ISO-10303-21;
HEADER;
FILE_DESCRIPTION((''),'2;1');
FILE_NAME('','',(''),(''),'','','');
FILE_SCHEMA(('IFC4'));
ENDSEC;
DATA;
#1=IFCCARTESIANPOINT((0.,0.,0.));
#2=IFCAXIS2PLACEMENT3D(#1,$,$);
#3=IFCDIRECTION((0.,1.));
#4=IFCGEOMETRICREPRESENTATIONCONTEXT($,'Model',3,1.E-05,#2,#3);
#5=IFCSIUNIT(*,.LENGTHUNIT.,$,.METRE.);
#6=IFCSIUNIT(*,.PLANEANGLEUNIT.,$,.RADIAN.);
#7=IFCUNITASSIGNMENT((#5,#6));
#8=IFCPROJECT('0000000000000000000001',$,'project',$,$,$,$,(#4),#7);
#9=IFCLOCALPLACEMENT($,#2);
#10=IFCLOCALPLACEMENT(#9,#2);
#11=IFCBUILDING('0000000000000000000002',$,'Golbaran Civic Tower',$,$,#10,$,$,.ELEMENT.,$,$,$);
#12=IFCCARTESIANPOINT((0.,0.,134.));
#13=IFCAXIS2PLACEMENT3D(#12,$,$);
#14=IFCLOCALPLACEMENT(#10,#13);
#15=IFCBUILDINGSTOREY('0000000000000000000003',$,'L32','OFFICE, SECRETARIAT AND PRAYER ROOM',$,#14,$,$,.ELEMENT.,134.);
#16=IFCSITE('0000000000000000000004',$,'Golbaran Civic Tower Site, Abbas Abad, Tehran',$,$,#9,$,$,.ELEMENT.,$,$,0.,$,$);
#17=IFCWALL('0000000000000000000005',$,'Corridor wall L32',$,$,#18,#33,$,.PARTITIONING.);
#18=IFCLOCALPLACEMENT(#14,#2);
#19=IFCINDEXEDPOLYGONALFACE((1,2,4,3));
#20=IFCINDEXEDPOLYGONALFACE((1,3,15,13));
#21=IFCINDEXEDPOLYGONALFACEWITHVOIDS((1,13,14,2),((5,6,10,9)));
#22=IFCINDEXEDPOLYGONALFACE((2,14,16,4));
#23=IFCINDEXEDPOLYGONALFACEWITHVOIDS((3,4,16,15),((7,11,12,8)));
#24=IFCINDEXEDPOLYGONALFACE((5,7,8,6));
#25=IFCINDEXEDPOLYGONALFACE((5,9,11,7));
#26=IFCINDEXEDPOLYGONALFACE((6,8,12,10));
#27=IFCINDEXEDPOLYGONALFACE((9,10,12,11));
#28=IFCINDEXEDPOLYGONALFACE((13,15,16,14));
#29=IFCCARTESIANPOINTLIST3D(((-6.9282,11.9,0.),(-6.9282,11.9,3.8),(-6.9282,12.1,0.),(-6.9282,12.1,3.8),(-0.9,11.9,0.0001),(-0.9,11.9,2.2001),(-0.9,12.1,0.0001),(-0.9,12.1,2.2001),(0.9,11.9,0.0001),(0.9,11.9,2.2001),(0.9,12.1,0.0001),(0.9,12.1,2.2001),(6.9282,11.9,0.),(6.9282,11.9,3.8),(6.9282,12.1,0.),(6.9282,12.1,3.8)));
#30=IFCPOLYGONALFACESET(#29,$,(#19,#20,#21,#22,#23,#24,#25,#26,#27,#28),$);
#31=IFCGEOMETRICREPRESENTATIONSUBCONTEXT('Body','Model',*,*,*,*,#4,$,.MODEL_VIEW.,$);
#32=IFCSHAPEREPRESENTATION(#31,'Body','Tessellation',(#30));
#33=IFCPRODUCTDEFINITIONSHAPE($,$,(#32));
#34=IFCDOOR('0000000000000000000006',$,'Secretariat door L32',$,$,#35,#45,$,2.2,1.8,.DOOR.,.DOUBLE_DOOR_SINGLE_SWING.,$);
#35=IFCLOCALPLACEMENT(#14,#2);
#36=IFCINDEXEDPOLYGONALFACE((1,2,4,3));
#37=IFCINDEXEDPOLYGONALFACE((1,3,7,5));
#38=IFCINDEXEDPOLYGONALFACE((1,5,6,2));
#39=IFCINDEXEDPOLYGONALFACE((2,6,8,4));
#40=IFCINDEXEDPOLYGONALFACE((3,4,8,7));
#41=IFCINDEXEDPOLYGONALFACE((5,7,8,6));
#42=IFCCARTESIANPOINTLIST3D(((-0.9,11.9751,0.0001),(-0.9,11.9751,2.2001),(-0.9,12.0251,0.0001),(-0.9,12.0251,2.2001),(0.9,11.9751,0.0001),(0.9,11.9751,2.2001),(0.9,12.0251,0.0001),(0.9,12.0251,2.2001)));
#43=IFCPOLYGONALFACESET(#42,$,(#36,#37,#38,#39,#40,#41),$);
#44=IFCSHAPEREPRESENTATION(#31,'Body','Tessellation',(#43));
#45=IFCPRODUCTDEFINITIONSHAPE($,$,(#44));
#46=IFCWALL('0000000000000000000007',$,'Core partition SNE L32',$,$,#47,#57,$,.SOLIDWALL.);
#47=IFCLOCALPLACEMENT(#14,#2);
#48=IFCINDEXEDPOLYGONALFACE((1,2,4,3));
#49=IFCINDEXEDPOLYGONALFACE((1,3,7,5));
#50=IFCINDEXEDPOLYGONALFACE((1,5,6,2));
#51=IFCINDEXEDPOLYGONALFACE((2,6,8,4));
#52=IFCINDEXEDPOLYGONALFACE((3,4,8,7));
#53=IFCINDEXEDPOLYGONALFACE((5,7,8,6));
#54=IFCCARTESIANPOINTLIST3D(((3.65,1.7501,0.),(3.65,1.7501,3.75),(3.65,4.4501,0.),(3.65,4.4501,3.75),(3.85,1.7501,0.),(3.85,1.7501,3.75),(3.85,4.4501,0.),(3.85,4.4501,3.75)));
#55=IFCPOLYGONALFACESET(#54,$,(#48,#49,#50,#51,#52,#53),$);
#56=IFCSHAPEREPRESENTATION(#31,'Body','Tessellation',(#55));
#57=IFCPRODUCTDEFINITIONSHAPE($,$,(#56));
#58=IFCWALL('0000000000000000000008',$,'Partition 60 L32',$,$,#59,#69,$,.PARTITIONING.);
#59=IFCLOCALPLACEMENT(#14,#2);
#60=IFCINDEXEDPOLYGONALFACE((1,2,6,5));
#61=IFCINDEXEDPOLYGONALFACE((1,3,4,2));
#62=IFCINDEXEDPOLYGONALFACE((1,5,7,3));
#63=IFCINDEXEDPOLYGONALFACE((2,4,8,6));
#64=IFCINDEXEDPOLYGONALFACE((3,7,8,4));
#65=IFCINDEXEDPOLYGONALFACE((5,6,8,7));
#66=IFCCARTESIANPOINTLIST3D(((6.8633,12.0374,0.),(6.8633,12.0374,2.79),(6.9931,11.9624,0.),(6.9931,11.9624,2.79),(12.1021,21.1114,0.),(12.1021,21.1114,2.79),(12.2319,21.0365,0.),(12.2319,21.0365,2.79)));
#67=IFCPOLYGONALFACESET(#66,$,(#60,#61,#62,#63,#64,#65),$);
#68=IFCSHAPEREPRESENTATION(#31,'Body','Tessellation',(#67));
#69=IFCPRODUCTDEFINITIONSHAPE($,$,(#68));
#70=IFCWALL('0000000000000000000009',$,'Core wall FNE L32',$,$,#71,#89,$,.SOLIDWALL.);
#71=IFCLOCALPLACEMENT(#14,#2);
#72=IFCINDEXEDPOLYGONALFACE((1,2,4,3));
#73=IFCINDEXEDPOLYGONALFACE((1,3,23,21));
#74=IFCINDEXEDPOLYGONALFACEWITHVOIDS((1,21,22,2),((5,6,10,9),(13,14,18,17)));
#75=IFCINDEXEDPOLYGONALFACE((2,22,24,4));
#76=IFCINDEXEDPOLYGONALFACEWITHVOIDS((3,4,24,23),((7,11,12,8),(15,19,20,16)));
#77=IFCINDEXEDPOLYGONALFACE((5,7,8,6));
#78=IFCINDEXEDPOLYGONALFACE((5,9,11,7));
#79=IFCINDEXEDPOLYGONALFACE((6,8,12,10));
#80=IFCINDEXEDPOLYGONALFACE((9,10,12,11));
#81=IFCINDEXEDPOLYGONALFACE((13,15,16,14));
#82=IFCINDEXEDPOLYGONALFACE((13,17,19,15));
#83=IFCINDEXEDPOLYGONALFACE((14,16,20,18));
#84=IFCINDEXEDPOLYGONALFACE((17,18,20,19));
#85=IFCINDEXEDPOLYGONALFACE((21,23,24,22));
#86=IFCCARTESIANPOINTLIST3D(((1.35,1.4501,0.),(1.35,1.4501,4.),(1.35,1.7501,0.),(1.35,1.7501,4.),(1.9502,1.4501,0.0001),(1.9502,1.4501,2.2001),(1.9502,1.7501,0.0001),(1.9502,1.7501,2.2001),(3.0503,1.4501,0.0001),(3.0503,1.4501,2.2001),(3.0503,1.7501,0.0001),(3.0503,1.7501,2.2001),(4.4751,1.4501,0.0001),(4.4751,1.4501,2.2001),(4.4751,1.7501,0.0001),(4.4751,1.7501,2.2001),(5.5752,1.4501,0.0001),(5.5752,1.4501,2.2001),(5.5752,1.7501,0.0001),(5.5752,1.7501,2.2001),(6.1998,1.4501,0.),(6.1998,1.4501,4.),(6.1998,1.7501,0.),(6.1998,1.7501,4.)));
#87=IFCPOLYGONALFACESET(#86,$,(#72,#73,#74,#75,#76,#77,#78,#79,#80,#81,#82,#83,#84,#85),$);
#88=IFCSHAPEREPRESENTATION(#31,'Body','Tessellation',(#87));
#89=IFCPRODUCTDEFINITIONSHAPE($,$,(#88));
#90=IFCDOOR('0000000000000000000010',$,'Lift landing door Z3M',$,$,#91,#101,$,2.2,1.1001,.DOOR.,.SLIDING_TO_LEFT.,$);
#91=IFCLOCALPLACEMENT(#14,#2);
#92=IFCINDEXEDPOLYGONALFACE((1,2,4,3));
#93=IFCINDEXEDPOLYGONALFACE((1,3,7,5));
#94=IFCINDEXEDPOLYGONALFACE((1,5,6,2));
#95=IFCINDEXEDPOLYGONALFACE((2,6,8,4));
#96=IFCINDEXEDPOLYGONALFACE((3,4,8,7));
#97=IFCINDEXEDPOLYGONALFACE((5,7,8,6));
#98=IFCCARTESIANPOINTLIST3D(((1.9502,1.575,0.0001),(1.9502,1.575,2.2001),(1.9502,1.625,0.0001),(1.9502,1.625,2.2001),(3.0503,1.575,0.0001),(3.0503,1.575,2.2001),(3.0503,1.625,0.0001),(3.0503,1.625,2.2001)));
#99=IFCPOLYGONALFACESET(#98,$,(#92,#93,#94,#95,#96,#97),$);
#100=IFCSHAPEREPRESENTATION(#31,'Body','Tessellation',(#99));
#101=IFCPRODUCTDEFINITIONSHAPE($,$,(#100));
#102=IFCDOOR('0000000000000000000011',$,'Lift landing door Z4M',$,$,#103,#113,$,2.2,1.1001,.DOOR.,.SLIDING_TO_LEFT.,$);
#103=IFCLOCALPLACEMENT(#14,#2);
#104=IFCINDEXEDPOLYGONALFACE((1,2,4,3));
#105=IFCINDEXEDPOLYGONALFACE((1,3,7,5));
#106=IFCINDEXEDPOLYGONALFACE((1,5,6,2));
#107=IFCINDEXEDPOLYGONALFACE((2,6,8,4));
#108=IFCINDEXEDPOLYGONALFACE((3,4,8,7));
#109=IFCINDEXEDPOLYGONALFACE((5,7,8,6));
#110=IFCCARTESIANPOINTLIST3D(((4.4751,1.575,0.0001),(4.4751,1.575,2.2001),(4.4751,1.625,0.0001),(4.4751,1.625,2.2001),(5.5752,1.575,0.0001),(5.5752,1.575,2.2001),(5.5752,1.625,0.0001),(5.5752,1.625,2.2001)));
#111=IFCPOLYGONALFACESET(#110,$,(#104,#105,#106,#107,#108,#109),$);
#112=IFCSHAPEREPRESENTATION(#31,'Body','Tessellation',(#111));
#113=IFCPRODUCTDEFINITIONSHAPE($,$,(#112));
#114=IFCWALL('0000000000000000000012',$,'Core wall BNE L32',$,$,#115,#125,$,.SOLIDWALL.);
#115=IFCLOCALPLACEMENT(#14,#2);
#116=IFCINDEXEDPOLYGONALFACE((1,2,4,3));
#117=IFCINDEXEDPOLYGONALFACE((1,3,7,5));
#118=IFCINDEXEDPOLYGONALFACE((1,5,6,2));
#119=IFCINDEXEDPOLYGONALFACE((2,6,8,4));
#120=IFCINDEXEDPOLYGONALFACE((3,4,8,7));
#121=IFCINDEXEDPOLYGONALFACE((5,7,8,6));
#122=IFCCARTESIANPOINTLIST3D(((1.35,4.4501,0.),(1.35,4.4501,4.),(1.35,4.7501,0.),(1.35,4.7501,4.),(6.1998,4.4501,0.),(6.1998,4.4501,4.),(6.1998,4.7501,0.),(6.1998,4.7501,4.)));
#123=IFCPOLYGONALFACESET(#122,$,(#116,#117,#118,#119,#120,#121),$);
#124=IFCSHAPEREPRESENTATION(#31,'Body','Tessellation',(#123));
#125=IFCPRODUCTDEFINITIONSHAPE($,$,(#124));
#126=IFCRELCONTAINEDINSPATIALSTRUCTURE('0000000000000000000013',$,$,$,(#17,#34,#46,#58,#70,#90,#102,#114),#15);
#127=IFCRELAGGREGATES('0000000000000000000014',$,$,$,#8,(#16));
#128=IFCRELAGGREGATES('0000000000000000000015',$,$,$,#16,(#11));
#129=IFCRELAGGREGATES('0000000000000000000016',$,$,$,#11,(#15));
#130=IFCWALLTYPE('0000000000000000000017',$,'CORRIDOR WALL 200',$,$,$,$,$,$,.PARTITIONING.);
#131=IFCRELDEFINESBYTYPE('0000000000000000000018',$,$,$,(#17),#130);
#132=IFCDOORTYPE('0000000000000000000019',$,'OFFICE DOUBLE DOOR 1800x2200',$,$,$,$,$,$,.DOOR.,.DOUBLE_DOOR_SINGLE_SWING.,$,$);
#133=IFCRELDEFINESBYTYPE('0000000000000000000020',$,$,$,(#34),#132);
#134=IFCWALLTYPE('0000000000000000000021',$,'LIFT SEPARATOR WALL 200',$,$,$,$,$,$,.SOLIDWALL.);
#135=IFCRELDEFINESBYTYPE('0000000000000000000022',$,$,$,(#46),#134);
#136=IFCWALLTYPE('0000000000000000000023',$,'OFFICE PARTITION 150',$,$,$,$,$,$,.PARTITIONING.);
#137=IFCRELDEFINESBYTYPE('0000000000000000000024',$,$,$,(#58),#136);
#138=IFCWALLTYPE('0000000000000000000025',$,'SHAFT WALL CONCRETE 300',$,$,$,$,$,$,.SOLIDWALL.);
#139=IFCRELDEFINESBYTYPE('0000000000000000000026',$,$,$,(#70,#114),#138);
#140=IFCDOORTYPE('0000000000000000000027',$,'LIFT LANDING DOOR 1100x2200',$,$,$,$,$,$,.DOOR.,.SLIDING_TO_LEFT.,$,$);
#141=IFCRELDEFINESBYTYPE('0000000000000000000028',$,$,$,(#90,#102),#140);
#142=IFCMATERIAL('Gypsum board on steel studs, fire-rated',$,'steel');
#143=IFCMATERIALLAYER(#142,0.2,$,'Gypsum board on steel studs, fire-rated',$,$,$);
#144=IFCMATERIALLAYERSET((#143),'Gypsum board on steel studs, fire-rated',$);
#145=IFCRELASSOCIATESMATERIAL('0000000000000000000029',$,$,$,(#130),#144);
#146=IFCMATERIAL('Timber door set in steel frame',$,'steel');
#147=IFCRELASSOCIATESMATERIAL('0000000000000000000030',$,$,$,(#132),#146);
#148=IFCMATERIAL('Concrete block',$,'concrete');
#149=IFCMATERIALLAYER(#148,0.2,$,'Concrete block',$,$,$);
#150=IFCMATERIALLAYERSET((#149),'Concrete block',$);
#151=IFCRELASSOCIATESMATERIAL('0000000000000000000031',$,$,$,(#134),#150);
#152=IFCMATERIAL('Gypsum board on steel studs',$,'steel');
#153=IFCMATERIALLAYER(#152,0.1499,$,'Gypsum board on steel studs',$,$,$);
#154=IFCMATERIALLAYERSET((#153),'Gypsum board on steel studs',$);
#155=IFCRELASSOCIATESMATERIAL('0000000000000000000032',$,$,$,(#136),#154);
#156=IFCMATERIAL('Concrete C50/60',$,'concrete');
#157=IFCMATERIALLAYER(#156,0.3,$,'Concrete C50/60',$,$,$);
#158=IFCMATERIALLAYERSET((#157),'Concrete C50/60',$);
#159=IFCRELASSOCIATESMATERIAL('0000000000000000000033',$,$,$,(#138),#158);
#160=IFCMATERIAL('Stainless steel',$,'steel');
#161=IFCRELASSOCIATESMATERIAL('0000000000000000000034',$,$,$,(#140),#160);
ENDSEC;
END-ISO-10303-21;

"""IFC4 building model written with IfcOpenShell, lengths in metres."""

from ifc_helpers import new_model, si_unit, direction, frame, frame_2d, origin, place, context, subcontext, project, spatial, rectangle, extrude, material, layer, layer_set, type_object, element, fill, save


model = new_model("IFC4")

# Units and contexts
model_context = context("Model", 3, precision=1e-05, world=origin(), true_north=direction((0.0, 1.0)))
body_context = subcontext(model_context, "Body", "Model", "MODEL_VIEW")
ifc_project = project(units=[si_unit("LENGTHUNIT", "METRE"), si_unit("PLANEANGLEUNIT", "RADIAN")], contexts=[model_context])

# Site, building, storey
site_placement = place(None, origin())
site = spatial("IfcSite", under=ifc_project, at=site_placement, Name="Golbaran Civic Tower Site, Abbas Abad, Tehran", CompositionType="ELEMENT", RefElevation=0.0)
building_placement = place(site_placement, origin())
building = spatial("IfcBuilding", under=site, at=building_placement, Name="Golbaran Civic Tower", CompositionType="ELEMENT")
storey_placement = place(building_placement, frame((0.0, 0.0, 134.0)))
storey = spatial("IfcBuildingStorey", under=building, at=storey_placement, Name="L32", Description="OFFICE, SECRETARIAT AND PRAYER ROOM", CompositionType="ELEMENT", Elevation=134.0)

# Shared definitions
ifc_material_1 = material(Name="Concrete block", Category="concrete")
ifc_material_2 = material(Name="Timber door set in steel frame", Category="steel")

# Wall, opening, door
ifc_material_3 = material(Name="Concrete C50/60", Category="concrete")
ifc_material_4 = material(Name="Gypsum board on steel studs, fire-rated", Category="steel")
ifc_layer_1 = layer(ifc_material_4, 0.2, Name="Gypsum board on steel studs, fire-rated")
ifc_layer_set_1 = layer_set([ifc_layer_1], Name="Gypsum board on steel studs, fire-rated")
wall_type_1 = type_object("IfcWallType", Name="CORRIDOR WALL 200", PredefinedType="PARTITIONING", material=ifc_layer_set_1)
wall_1_placement = place(storey_placement, frame((6.9282, 12.0, 0.0), z_axis=(0.0, 0.0, 1.0), x_axis=(-1.0, 0.0, 0.0)))
wall_1 = element("IfcWall", 1, at=wall_1_placement, inside=storey, type_object=wall_type_1, Name="Corridor wall L32", PredefinedType="PARTITIONING", context=body_context, shape_type="SweptSolid", body=[
    extrude(rectangle(XDim=13.8564, YDim=0.2, at=frame_2d((6.9282, 0.0))), origin(), (0.0, 0.0, 1.0), 3.8),
])
opening_1_placement = place(wall_1_placement, frame((6.0283, 0.0, 0.0)))
opening_1 = element("IfcOpeningElement", 2, at=opening_1_placement, cuts=wall_1, PredefinedType="OPENING", context=body_context, shape_type="SweptSolid", body=[
    extrude(rectangle(XDim=1.8, YDim=2.2, at=frame_2d((0.8999, 1.1001))), frame((0.0, 0.1099, 0.0), z_axis=(0.0, -1.0, 0.0), x_axis=(1.0, 0.0, 0.0)), (0.0, 0.0, 1.0), 0.22),
])
door_type_1 = type_object("IfcDoorType", Name="OFFICE DOUBLE DOOR 1800x2200", OperationType="DOUBLE_DOOR_SINGLE_SWING", PredefinedType="DOOR", material=ifc_material_2)
door_1_placement = place(opening_1_placement, origin())
door_1 = element("IfcDoor", 3, at=door_1_placement, inside=storey, type_object=door_type_1, Name="Secretariat door L32", OperationType="DOUBLE_DOOR_SINGLE_SWING", OverallHeight=2.2, OverallWidth=1.8, PredefinedType="DOOR", context=body_context, shape_type="SweptSolid", body=[
    extrude(rectangle(XDim=1.8, YDim=2.2, at=frame_2d((0.8999, 1.1001))), frame((0.0, 0.0249, 0.0), z_axis=(0.0, -1.0, 0.0), x_axis=(1.0, 0.0, 0.0)), (0.0, 0.0, 1.0), 0.05),
])
fill(opening_1, door_1)

# Walls
ifc_layer_2 = layer(ifc_material_1, 0.2, Name="Concrete block")
ifc_layer_set_2 = layer_set([ifc_layer_2], Name="Concrete block")
wall_type_2 = type_object("IfcWallType", Name="LIFT SEPARATOR WALL 200", PredefinedType="SOLIDWALL", material=ifc_layer_set_2)
wall_2_placement = place(storey_placement, frame((3.75, 1.75, 0.0), z_axis=(0.0, 0.0, 1.0), x_axis=(0.0, 1.0, 0.0)))
element("IfcWall", 4, at=wall_2_placement, inside=storey, type_object=wall_type_2, Name="Core partition SNE L32", PredefinedType="SOLIDWALL", context=body_context, shape_type="SweptSolid", body=[
    extrude(rectangle(XDim=2.7, YDim=0.2, at=frame_2d((1.3501, 0.0))), origin(), (0.0, 0.0, 1.0), 3.75),
])
ifc_material_5 = material(Name="Gypsum board on steel studs", Category="steel")
ifc_layer_3 = layer(ifc_material_5, 0.1499, Name="Gypsum board on steel studs")
ifc_layer_set_3 = layer_set([ifc_layer_3], Name="Gypsum board on steel studs")
wall_type_3 = type_object("IfcWallType", Name="OFFICE PARTITION 150", PredefinedType="PARTITIONING", material=ifc_layer_set_3)
wall_3_placement = place(storey_placement, frame((6.9282, 12.0, 0.0), z_axis=(0.0, 0.0, 1.0), x_axis=(0.499993, 0.866029, 0.0)))
element("IfcWall", 5, at=wall_3_placement, inside=storey, type_object=wall_type_3, Name="Partition 60 L32", PredefinedType="PARTITIONING", context=body_context, shape_type="SweptSolid", body=[
    extrude(rectangle(XDim=10.4778, YDim=0.1499, at=frame_2d((5.2388, 0.0))), origin(), (0.0, 0.0, 1.0), 2.79),
])

# Wall, openings, doors
ifc_layer_4 = layer(ifc_material_3, 0.3, Name="Concrete C50/60")
ifc_layer_set_4 = layer_set([ifc_layer_4], Name="Concrete C50/60")
wall_type_4 = type_object("IfcWallType", Name="SHAFT WALL CONCRETE 300", PredefinedType="SOLIDWALL", material=ifc_layer_set_4)
wall_4_placement = place(storey_placement, frame((1.3501, 1.6001, 0.0), z_axis=(0.0, 0.0, 1.0), x_axis=(1.0, 0.0, 0.0)))
wall_4 = element("IfcWall", 6, at=wall_4_placement, inside=storey, type_object=wall_type_4, Name="Core wall FNE L32", PredefinedType="SOLIDWALL", context=body_context, shape_type="SweptSolid", body=[
    extrude(rectangle(XDim=4.8499, YDim=0.3, at=frame_2d((2.4248, 0.0))), origin(), (0.0, 0.0, 1.0), 4.0),
])
opening_2_placement = place(wall_4_placement, frame((0.6001, 0.0, 0.0)))
opening_2 = element("IfcOpeningElement", 7, at=opening_2_placement, cuts=wall_4, PredefinedType="OPENING", context=body_context, shape_type="SweptSolid", body=[
    extrude(rectangle(XDim=1.1001, YDim=2.2, at=frame_2d((0.55, 1.1001))), frame((0.0, 0.1599, 0.0), z_axis=(0.0, -1.0, 0.0), x_axis=(1.0, 0.0, 0.0)), (0.0, 0.0, 1.0), 0.3201),
])
opening_3_placement = place(wall_4_placement, frame((3.125, 0.0, 0.0)))
opening_3 = element("IfcOpeningElement", 8, at=opening_3_placement, cuts=wall_4, PredefinedType="OPENING", context=body_context, shape_type="SweptSolid", body=[
    extrude(rectangle(XDim=1.1001, YDim=2.2, at=frame_2d((0.55, 1.1001))), frame((0.0, 0.1599, 0.0), z_axis=(0.0, -1.0, 0.0), x_axis=(1.0, 0.0, 0.0)), (0.0, 0.0, 1.0), 0.3201),
])
ifc_material_6 = material(Name="Stainless steel", Category="steel")
door_type_2 = type_object("IfcDoorType", Name="LIFT LANDING DOOR 1100x2200", OperationType="SLIDING_TO_LEFT", PredefinedType="DOOR", material=ifc_material_6)
door_2_placement = place(opening_2_placement, origin())
door_2 = element("IfcDoor", 9, at=door_2_placement, inside=storey, type_object=door_type_2, Name="Lift landing door Z3M", OperationType="SLIDING_TO_LEFT", OverallHeight=2.2, OverallWidth=1.1001, PredefinedType="DOOR", context=body_context, shape_type="SweptSolid", body=[
    extrude(rectangle(XDim=1.1001, YDim=2.2, at=frame_2d((0.55, 1.1001))), frame((0.0, 0.0249, 0.0), z_axis=(0.0, -1.0, 0.0), x_axis=(1.0, 0.0, 0.0)), (0.0, 0.0, 1.0), 0.05),
])
fill(opening_2, door_2)
door_3_placement = place(opening_3_placement, origin())
door_3 = element("IfcDoor", 10, at=door_3_placement, inside=storey, type_object=door_type_2, Name="Lift landing door Z4M", OperationType="SLIDING_TO_LEFT", OverallHeight=2.2, OverallWidth=1.1001, PredefinedType="DOOR", context=body_context, shape_type="SweptSolid", body=[
    extrude(rectangle(XDim=1.1001, YDim=2.2, at=frame_2d((0.55, 1.1001))), frame((0.0, 0.0249, 0.0), z_axis=(0.0, -1.0, 0.0), x_axis=(1.0, 0.0, 0.0)), (0.0, 0.0, 1.0), 0.05),
])
fill(opening_3, door_3)

# Wall
wall_5_placement = place(storey_placement, frame((1.3501, 4.6001, 0.0), z_axis=(0.0, 0.0, 1.0), x_axis=(1.0, 0.0, 0.0)))
element("IfcWall", 11, at=wall_5_placement, inside=storey, type_object=wall_type_4, Name="Core wall BNE L32", PredefinedType="SOLIDWALL", context=body_context, shape_type="SweptSolid", body=[
    extrude(rectangle(XDim=4.8499, YDim=0.3, at=frame_2d((2.4248, 0.0))), origin(), (0.0, 0.0, 1.0), 4.0),
])

save(model, "model.ifc")
